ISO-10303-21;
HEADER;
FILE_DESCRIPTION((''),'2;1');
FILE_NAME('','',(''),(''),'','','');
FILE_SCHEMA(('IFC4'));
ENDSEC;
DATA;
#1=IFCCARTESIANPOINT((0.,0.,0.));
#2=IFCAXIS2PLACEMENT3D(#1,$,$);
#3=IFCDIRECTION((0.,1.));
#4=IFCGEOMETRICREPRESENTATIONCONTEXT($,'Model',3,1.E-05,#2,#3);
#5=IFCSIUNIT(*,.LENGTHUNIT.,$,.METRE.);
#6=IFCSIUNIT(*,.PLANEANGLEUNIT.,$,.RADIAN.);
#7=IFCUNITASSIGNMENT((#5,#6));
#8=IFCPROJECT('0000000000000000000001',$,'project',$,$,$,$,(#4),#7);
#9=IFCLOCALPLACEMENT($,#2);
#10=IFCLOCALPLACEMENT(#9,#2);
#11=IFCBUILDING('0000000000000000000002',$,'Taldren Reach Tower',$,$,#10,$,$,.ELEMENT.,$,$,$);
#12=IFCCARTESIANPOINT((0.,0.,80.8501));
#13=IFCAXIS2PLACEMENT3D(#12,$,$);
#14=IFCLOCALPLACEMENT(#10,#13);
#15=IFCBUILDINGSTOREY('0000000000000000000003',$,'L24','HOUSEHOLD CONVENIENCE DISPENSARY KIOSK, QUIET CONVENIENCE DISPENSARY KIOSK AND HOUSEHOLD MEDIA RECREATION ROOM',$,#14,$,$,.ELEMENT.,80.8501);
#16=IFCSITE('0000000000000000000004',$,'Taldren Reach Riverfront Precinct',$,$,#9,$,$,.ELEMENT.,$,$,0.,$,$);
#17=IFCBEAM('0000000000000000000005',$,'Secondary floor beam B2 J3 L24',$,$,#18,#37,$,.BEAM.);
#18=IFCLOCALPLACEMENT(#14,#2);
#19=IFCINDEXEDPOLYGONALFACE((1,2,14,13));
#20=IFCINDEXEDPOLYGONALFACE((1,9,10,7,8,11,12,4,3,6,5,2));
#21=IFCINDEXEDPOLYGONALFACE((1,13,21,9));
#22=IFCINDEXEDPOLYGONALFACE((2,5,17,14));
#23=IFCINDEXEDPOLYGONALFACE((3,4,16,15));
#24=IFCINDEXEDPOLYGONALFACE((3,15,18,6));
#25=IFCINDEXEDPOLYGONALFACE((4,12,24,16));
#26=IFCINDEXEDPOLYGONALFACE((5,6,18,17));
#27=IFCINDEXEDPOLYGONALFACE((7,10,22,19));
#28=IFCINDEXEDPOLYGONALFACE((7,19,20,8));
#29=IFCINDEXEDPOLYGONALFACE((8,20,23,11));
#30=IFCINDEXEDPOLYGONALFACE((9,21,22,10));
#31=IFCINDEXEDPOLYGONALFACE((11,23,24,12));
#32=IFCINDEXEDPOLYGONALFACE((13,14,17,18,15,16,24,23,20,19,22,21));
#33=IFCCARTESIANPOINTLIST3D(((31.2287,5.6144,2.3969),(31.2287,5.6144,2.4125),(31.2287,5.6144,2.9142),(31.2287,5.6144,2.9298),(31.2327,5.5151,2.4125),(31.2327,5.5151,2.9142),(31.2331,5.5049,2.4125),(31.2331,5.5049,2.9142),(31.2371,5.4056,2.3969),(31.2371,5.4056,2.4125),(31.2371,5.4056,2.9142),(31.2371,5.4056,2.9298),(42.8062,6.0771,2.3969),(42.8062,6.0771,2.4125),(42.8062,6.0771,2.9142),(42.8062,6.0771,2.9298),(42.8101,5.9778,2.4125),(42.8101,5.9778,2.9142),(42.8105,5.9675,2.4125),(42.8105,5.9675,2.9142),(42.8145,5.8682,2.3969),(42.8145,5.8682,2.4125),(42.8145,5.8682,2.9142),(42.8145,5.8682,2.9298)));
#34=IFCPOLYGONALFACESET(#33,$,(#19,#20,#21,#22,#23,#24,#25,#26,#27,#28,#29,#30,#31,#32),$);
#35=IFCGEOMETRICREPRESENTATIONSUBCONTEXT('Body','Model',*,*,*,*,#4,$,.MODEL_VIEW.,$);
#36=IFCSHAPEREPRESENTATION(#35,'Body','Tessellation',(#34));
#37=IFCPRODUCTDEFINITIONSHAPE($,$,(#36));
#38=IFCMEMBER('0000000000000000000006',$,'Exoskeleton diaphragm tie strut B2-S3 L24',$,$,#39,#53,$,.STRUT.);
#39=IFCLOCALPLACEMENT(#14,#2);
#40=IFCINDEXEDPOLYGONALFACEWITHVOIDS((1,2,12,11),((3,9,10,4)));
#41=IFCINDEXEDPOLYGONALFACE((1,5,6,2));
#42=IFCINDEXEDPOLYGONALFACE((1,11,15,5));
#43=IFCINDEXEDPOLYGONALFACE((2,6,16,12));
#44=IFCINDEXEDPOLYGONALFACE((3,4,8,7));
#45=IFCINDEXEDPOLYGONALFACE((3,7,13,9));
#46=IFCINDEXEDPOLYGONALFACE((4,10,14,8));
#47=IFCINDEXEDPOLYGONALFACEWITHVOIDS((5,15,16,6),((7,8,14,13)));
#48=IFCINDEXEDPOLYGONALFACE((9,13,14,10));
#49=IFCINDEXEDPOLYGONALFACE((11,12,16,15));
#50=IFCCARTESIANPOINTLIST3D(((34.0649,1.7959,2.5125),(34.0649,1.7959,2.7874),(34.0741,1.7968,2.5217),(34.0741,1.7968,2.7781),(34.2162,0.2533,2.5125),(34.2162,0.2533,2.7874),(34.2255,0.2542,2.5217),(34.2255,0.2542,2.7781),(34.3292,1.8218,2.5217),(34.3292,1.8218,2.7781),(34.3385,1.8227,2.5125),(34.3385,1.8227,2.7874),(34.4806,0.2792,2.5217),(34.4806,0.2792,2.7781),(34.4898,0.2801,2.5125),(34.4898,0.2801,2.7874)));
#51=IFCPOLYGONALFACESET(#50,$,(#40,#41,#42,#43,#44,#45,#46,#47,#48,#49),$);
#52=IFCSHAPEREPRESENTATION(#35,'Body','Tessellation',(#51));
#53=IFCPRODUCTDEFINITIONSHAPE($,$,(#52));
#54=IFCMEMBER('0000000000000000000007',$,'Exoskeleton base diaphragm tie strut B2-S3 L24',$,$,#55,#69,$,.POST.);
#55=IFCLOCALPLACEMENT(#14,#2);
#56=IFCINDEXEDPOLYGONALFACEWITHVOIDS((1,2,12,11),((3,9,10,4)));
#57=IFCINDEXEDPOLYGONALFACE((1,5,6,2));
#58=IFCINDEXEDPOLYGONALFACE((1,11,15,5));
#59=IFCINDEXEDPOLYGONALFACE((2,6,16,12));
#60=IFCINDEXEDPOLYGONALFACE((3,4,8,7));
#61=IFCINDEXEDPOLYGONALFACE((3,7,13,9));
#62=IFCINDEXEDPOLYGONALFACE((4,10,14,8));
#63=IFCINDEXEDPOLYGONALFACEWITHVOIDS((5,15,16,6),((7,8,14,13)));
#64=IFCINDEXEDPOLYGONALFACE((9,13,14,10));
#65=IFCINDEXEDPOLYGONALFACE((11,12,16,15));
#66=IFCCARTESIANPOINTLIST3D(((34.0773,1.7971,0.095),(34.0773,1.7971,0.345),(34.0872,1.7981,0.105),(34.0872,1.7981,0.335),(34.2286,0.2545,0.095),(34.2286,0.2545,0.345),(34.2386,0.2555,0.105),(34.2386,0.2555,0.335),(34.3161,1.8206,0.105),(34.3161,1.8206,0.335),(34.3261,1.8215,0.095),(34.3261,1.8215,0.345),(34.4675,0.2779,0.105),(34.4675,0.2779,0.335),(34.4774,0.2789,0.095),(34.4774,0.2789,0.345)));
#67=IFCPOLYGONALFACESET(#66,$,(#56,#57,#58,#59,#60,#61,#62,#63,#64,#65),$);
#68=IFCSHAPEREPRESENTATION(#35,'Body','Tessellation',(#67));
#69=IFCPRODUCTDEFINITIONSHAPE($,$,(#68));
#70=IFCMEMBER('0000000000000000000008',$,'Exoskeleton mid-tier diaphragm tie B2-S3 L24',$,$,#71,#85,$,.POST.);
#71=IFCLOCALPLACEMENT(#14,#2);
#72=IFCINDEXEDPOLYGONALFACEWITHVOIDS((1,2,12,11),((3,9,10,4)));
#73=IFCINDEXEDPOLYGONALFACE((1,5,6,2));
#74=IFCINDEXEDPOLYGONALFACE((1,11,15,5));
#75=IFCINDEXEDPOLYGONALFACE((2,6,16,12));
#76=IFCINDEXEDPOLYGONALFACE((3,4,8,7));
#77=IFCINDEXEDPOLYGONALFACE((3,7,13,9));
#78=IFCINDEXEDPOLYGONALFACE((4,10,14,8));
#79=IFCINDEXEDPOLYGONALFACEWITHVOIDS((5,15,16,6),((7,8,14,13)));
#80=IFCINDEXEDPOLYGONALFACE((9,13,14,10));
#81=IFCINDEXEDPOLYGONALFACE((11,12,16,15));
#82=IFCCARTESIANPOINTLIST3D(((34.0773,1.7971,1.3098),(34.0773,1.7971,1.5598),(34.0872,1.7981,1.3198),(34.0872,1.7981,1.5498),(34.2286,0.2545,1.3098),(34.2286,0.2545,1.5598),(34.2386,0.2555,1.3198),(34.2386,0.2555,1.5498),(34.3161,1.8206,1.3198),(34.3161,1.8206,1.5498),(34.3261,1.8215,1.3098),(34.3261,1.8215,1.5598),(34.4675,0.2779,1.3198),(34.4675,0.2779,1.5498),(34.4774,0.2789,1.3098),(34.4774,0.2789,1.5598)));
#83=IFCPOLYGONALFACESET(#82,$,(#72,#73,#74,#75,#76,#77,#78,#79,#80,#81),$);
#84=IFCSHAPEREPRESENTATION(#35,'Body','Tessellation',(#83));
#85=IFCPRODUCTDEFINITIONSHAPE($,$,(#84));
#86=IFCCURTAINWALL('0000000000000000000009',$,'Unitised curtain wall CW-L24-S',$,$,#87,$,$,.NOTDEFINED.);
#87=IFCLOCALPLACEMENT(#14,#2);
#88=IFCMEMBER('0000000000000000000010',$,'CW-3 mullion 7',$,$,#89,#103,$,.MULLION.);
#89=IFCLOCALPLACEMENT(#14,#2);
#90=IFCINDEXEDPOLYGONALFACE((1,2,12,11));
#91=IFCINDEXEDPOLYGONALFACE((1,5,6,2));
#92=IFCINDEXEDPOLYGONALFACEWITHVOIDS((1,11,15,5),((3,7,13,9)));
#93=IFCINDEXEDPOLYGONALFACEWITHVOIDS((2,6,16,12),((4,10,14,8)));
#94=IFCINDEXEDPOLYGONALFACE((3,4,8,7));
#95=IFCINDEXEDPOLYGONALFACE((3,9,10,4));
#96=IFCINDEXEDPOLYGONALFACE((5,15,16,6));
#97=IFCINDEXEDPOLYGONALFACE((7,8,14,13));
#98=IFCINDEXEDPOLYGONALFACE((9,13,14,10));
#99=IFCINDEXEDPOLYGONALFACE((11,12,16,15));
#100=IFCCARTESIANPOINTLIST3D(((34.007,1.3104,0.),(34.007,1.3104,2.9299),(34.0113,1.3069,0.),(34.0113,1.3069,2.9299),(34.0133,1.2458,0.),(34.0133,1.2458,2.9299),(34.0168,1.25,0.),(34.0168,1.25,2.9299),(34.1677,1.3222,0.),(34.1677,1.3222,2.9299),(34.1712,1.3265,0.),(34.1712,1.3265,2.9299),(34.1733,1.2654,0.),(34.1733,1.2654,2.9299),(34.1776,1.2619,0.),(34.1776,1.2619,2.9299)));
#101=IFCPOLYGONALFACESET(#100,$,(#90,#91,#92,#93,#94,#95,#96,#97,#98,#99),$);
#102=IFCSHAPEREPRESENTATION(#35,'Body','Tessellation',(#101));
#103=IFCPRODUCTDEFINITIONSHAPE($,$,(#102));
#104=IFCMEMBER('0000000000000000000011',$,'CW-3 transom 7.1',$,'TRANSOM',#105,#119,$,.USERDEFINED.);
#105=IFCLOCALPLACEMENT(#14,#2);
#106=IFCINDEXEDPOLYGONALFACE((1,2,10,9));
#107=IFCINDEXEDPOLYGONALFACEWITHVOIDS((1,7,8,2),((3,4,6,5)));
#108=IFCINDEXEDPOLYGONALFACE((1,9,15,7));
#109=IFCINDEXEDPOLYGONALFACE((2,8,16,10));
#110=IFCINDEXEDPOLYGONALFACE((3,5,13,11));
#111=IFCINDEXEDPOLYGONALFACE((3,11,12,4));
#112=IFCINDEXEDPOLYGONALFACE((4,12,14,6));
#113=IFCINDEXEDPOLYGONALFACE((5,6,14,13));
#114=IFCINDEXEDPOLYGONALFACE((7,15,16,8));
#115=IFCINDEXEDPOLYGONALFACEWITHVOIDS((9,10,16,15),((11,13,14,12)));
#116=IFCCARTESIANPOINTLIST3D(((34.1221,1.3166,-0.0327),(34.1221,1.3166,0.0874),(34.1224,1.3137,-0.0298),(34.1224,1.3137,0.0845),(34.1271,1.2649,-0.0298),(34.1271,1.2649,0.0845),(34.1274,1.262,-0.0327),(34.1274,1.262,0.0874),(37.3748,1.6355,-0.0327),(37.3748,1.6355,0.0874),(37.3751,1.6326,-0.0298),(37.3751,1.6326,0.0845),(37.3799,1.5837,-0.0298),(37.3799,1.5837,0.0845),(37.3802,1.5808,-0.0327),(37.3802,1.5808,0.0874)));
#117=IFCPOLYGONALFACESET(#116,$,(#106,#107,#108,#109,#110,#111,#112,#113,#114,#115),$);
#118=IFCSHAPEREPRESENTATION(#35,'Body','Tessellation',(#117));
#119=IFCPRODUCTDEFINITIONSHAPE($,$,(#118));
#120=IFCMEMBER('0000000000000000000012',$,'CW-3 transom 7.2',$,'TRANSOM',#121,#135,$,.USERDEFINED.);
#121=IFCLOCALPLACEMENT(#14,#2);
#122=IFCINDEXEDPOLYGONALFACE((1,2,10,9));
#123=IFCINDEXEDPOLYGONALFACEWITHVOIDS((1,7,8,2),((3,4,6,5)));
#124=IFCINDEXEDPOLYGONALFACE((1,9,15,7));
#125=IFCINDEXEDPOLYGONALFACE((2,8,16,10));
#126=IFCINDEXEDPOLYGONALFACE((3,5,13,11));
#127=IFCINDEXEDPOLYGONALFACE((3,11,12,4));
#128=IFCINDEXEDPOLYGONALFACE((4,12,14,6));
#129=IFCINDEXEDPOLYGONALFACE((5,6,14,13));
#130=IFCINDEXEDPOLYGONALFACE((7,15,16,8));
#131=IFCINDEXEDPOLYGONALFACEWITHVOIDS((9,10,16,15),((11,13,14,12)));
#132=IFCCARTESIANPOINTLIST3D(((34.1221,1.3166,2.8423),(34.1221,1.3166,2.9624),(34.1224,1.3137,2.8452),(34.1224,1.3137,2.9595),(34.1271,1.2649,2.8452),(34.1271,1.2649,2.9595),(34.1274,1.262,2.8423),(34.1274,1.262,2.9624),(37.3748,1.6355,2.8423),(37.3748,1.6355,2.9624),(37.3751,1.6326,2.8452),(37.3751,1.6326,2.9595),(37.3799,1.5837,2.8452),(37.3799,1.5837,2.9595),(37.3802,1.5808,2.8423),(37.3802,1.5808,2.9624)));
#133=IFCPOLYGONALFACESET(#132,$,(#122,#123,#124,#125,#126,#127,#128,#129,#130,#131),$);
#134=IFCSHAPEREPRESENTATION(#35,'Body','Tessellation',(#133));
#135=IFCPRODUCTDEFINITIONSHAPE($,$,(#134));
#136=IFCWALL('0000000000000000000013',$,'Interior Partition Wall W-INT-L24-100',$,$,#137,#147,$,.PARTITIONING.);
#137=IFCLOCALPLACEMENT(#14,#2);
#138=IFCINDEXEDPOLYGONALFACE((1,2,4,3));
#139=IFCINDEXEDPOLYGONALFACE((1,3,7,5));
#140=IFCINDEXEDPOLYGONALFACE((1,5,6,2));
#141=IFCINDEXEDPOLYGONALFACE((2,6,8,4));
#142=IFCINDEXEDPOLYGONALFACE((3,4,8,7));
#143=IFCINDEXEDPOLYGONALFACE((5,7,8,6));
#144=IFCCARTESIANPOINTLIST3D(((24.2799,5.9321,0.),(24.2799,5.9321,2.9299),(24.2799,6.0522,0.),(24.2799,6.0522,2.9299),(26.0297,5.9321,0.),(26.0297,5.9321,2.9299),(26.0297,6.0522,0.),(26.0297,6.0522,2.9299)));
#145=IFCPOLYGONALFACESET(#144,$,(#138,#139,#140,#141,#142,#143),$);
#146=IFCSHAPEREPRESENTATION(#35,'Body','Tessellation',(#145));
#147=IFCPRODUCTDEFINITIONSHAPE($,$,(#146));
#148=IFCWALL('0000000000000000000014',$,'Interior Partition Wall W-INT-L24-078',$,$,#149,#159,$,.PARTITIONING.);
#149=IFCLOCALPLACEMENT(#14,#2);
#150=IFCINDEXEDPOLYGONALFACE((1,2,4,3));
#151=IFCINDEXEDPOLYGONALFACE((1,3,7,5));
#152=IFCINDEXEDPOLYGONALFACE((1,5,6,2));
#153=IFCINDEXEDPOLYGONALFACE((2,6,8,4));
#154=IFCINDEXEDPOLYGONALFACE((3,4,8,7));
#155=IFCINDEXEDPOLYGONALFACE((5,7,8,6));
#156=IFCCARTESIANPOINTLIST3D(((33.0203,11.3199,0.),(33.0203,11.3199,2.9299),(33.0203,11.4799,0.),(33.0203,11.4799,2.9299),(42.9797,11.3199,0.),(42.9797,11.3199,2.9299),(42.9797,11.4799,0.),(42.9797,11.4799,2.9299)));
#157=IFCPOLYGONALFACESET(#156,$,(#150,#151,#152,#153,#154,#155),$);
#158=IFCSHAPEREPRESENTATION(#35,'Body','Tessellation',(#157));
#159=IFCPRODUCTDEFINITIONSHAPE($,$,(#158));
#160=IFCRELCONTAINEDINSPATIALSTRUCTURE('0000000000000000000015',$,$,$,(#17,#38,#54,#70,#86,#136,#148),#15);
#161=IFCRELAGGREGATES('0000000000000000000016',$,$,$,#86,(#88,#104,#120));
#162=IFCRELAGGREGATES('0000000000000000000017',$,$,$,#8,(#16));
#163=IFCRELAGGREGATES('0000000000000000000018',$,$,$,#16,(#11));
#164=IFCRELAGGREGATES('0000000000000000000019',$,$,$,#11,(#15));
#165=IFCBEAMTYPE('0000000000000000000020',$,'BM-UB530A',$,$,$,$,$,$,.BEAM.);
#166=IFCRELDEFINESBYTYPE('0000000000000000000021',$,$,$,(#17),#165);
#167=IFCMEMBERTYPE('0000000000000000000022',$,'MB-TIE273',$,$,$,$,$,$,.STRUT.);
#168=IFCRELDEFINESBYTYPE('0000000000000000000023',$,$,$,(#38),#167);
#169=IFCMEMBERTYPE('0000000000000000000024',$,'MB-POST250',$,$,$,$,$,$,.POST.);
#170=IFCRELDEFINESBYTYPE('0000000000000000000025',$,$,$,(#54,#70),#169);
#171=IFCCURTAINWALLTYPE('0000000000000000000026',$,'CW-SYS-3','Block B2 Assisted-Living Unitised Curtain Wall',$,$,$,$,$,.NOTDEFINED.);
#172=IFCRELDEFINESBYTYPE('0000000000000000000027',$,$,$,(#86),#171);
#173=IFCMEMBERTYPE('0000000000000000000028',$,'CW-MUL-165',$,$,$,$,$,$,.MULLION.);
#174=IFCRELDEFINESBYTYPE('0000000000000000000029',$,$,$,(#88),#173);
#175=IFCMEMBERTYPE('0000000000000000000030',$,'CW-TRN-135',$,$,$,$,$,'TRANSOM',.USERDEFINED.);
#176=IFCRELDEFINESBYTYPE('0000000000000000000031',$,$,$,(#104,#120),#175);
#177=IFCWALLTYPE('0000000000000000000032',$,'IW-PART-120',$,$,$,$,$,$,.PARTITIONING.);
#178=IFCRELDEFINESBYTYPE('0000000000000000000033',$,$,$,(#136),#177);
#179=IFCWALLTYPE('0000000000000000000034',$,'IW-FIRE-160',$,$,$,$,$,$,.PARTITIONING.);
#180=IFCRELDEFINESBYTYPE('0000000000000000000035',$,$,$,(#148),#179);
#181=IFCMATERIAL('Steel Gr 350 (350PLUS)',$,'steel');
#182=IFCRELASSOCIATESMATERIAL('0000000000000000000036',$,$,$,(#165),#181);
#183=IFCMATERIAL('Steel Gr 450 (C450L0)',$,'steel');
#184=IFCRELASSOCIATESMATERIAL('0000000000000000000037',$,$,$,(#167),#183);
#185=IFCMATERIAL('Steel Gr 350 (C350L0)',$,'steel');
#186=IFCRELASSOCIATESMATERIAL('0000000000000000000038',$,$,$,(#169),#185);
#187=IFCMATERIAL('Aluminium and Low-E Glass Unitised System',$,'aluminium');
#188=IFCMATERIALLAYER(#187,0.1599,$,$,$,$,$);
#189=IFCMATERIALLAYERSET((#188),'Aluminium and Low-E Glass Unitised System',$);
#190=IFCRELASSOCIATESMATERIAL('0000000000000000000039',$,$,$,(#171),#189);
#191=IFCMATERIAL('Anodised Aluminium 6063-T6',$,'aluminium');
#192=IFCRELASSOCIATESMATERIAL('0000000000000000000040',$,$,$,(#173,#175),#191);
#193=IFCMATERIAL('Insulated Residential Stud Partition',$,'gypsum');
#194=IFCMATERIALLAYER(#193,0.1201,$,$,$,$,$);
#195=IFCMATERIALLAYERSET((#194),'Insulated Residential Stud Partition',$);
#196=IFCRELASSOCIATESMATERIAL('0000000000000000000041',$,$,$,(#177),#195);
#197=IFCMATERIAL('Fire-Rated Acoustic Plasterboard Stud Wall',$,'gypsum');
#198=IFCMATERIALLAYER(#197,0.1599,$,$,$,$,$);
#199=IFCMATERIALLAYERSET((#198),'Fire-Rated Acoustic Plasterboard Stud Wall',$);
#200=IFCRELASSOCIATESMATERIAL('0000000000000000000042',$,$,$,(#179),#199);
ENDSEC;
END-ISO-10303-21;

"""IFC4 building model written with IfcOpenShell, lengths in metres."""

from ifc_helpers import new_model, si_unit, direction, frame, frame_2d, origin, origin_2d, place, context, subcontext, project, spatial, rectangle, hollow_rectangle, i_section, extrude, source, transform, mapped, material, layer, layer_set, material_profile, profile_set, type_object, element, aggregate, save


model = new_model("IFC4")

# Units and contexts
model_context = context("Model", 3, precision=1e-05, world=origin(), true_north=direction((0.0, 1.0)))
body_context = subcontext(model_context, "Body", "Model", "MODEL_VIEW")
ifc_project = project(units=[si_unit("LENGTHUNIT", "METRE"), si_unit("PLANEANGLEUNIT", "RADIAN")], contexts=[model_context])

# Site, building, storey
site_placement = place(None, origin())
site = spatial("IfcSite", under=ifc_project, at=site_placement, Name="Taldren Reach Riverfront Precinct", CompositionType="ELEMENT", RefElevation=0.0)
building_placement = place(site_placement, origin())
building = spatial("IfcBuilding", under=site, at=building_placement, Name="Taldren Reach Tower", CompositionType="ELEMENT")
storey_placement = place(building_placement, frame((0.0, 0.0, 80.8501)))
storey = spatial("IfcBuildingStorey", under=building, at=storey_placement, Name="L24", Description="HOUSEHOLD CONVENIENCE DISPENSARY KIOSK, QUIET CONVENIENCE DISPENSARY KIOSK AND HOUSEHOLD MEDIA RECREATION ROOM", CompositionType="ELEMENT", Elevation=80.8501)

# Shared definitions
ifc_material_1 = material(Name="Steel Gr 350 (350PLUS)", Category="steel")

# Beam
ifc_material_profile_1 = material_profile(ifc_material_1, i_section(OverallWidth=0.209, OverallDepth=0.533, WebThickness=0.0103, FlangeThickness=0.0156, at=origin_2d()), Name="530UB92.4")
ifc_profile_set_1 = profile_set([ifc_material_profile_1], Name="Steel Gr 350 (350PLUS)")
beam_type_1 = type_object("IfcBeamType", Name="BM-UB530A", PredefinedType="BEAM", material=ifc_profile_set_1)
shared_shape_1 = source(origin(), body_context, "Body", "SweptSolid", [
    extrude(i_section(OverallWidth=0.209, OverallDepth=0.533, WebThickness=0.0103, FlangeThickness=0.0156, at=origin_2d()), origin(), (0.0, 0.0, 1.0), 11.5867),
])
beam_1_placement = place(storey_placement, frame((31.2329, 5.51, 2.6633), z_axis=(0.999203, 0.039929, 0.0), x_axis=(-0.039929, 0.999203, 0.0)))
element("IfcBeam", 1, at=beam_1_placement, inside=storey, type_object=beam_type_1, Name="Secondary floor beam B2 J3 L24", PredefinedType="BEAM", context=body_context, shape_type="MappedRepresentation", body=[
    mapped(shared_shape_1, transform((0.0, 0.0, 0.0), scale=1.0)),
])

# Members
ifc_material_2 = material(Name="Steel Gr 450 (C450L0)", Category="steel")
ifc_material_profile_2 = material_profile(ifc_material_2, hollow_rectangle(XDim=0.2749, YDim=0.2749, WallThickness=0.0093, at=origin_2d()), Name="275x275x9.3SHS")
ifc_profile_set_2 = profile_set([ifc_material_profile_2], Name="Steel Gr 450 (C450L0)")
member_type_1 = type_object("IfcMemberType", Name="MB-TIE273", PredefinedType="STRUT", material=ifc_profile_set_2)
shared_shape_2 = source(origin(), body_context, "Body", "SweptSolid", [
    extrude(hollow_rectangle(XDim=0.2749, YDim=0.2749, WallThickness=0.0093, at=origin_2d()), origin(), (0.0, 0.0, 1.0), 1.55),
])
member_1_placement = place(storey_placement, frame((34.2017, 1.8093, 2.6499), z_axis=(0.097648, -0.995221, 0.0), x_axis=(0.995221, 0.097648, 0.0)))
element("IfcMember", 2, at=member_1_placement, inside=storey, type_object=member_type_1, Name="Exoskeleton diaphragm tie strut B2-S3 L24", PredefinedType="STRUT", context=body_context, shape_type="MappedRepresentation", body=[
    mapped(shared_shape_2, transform((0.0, 0.0, 0.0), scale=1.0)),
])
ifc_material_3 = material(Name="Steel Gr 350 (C350L0)", Category="steel")
ifc_material_profile_3 = material_profile(ifc_material_3, hollow_rectangle(XDim=0.25, YDim=0.25, WallThickness=0.01, at=origin_2d()), Name="250x250x10.0SHS")
ifc_profile_set_3 = profile_set([ifc_material_profile_3], Name="Steel Gr 350 (C350L0)")
member_type_2 = type_object("IfcMemberType", Name="MB-POST250", PredefinedType="POST", material=ifc_profile_set_3)
shared_shape_3 = source(origin(), body_context, "Body", "SweptSolid", [
    extrude(hollow_rectangle(XDim=0.25, YDim=0.25, WallThickness=0.01, at=origin_2d()), origin(), (0.0, 0.0, 1.0), 1.55),
])
for number, where, z_axis, x_axis, name in (
    (3, (34.2017, 1.8093, 0.22), (0.097648, -0.995221, 0.0), (0.995221, 0.097648, 0.0), "Exoskeleton base diaphragm tie strut B2-S3 L24"),
    (4, (34.2017, 1.8093, 1.4348), (0.097648, -0.995221, 0.0), (0.995221, 0.097648, 0.0), "Exoskeleton mid-tier diaphragm tie B2-S3 L24"),
):
    element("IfcMember", number, at=place(storey_placement, frame(where, z_axis=z_axis, x_axis=x_axis)), inside=storey, type_object=member_type_2, Name=name, PredefinedType="POST", context=body_context, shape_type="MappedRepresentation", body=[
        mapped(shared_shape_3, transform((0.0, 0.0, 0.0), scale=1.0)),
    ])

# Curtain wall, members
ifc_material_4 = material(Name="Aluminium and Low-E Glass Unitised System", Category="aluminium")
ifc_layer_1 = layer(ifc_material_4, 0.1599)
ifc_layer_set_1 = layer_set([ifc_layer_1], Name="Aluminium and Low-E Glass Unitised System")
curtain_wall_type = type_object("IfcCurtainWallType", Name="CW-SYS-3", Description="Block B2 Assisted-Living Unitised Curtain Wall", PredefinedType="NOTDEFINED", material=ifc_layer_set_1)
curtain_wall_placement = place(storey_placement, origin())
curtain_wall = element("IfcCurtainWall", 5, at=curtain_wall_placement, inside=storey, type_object=curtain_wall_type, Name="Unitised curtain wall CW-L24-S", PredefinedType="NOTDEFINED")
ifc_material_5 = material(Name="Anodised Aluminium 6063-T6", Category="aluminium")
ifc_material_profile_4 = material_profile(ifc_material_5, hollow_rectangle(XDim=0.0649, YDim=0.165, WallThickness=0.0039, at=origin_2d()), Name="ALU-165x65x4RHS")
ifc_profile_set_4 = profile_set([ifc_material_profile_4], Name="Anodised Aluminium 6063-T6")
member_type_3 = type_object("IfcMemberType", Name="CW-MUL-165", PredefinedType="MULLION", material=ifc_profile_set_4)
shared_shape_4 = source(origin(), body_context, "Body", "SweptSolid", [
    extrude(hollow_rectangle(XDim=0.0649, YDim=0.165, WallThickness=0.0039, at=origin_2d()), origin(), (0.0, 0.0, 1.0), 2.9299),
])
member_2_placement = place(storey_placement, frame((34.0923, 1.2861, 0.0), z_axis=(0.0, 0.0, 1.0), x_axis=(-0.097583, 0.995227, 0.0)))
member_2 = element("IfcMember", 6, at=member_2_placement, type_object=member_type_3, Name="CW-3 mullion 7", PredefinedType="MULLION", context=body_context, shape_type="MappedRepresentation", body=[
    mapped(shared_shape_4, transform((0.0, 0.0, 0.0), scale=1.0)),
])
ifc_material_profile_5 = material_profile(ifc_material_5, hollow_rectangle(XDim=0.0549, YDim=0.1201, WallThickness=0.0029, at=origin_2d()), Name="ALU-120x55x3RHS")
ifc_profile_set_5 = profile_set([ifc_material_profile_5], Name="Anodised Aluminium 6063-T6")
member_type_4 = type_object("IfcMemberType", Name="CW-TRN-135", ElementType="TRANSOM", PredefinedType="USERDEFINED", material=ifc_profile_set_5)
shared_shape_5 = source(origin(), body_context, "Body", "SweptSolid", [
    extrude(hollow_rectangle(XDim=0.0549, YDim=0.1201, WallThickness=0.0029, at=origin_2d()), origin(), (0.0, 0.0, 1.0), 3.2683),
])
member_3_placement = place(storey_placement, frame((34.1248, 1.2893, 0.0273), z_axis=(0.99523, 0.097558, 0.0), x_axis=(-0.097558, 0.99523, 0.0)))
member_3 = element("IfcMember", 7, at=member_3_placement, type_object=member_type_4, Name="CW-3 transom 7.1", ObjectType="TRANSOM", PredefinedType="USERDEFINED", context=body_context, shape_type="MappedRepresentation", body=[
    mapped(shared_shape_5, transform((0.0, 0.0, 0.0), scale=1.0)),
])
member_4_placement = place(storey_placement, frame((34.1248, 1.2893, 2.9023), z_axis=(0.99523, 0.097558, 0.0), x_axis=(-0.097558, 0.99523, 0.0)))
member_4 = element("IfcMember", 8, at=member_4_placement, type_object=member_type_4, Name="CW-3 transom 7.2", ObjectType="TRANSOM", PredefinedType="USERDEFINED", context=body_context, shape_type="MappedRepresentation", body=[
    mapped(shared_shape_5, transform((0.0, 0.0, 0.0), scale=1.0)),
])
aggregate(curtain_wall, [member_2, member_3, member_4])

# Walls
ifc_material_6 = material(Name="Insulated Residential Stud Partition", Category="gypsum")
ifc_layer_2 = layer(ifc_material_6, 0.1201)
ifc_layer_set_2 = layer_set([ifc_layer_2], Name="Insulated Residential Stud Partition")
wall_type_1 = type_object("IfcWallType", Name="IW-PART-120", PredefinedType="PARTITIONING", material=ifc_layer_set_2)
shared_shape_6 = source(origin(), body_context, "Body", "SweptSolid", [
    extrude(rectangle(XDim=1.7498, YDim=0.1201, at=frame_2d((0.875, 0.0))), origin(), (0.0, 0.0, 1.0), 2.9299),
])
wall_1_placement = place(storey_placement, frame((26.0298, 5.9922, 0.0), z_axis=(0.0, 0.0, 1.0), x_axis=(-1.0, 0.0, 0.0)))
element("IfcWall", 9, at=wall_1_placement, inside=storey, type_object=wall_type_1, Name="Interior Partition Wall W-INT-L24-100", PredefinedType="PARTITIONING", context=body_context, shape_type="MappedRepresentation", body=[
    mapped(shared_shape_6, transform((0.0, 0.0, 0.0), scale=1.0)),
])
ifc_material_7 = material(Name="Fire-Rated Acoustic Plasterboard Stud Wall", Category="gypsum")
ifc_layer_3 = layer(ifc_material_7, 0.1599)
ifc_layer_set_3 = layer_set([ifc_layer_3], Name="Fire-Rated Acoustic Plasterboard Stud Wall")
wall_type_2 = type_object("IfcWallType", Name="IW-FIRE-160", PredefinedType="PARTITIONING", material=ifc_layer_set_3)
shared_shape_7 = source(origin(), body_context, "Body", "SweptSolid", [
    extrude(rectangle(XDim=9.9595, YDim=0.1599, at=frame_2d((4.9797, 0.0))), origin(), (0.0, 0.0, 1.0), 2.9299),
])
wall_2_placement = place(storey_placement, frame((33.0203, 11.3999, 0.0), z_axis=(0.0, 0.0, 1.0), x_axis=(1.0, 0.0, 0.0)))
element("IfcWall", 10, at=wall_2_placement, inside=storey, type_object=wall_type_2, Name="Interior Partition Wall W-INT-L24-078", PredefinedType="PARTITIONING", context=body_context, shape_type="MappedRepresentation", body=[
    mapped(shared_shape_7, transform((0.0, 0.0, 0.0), scale=1.0)),
])

save(model, "model.ifc")
